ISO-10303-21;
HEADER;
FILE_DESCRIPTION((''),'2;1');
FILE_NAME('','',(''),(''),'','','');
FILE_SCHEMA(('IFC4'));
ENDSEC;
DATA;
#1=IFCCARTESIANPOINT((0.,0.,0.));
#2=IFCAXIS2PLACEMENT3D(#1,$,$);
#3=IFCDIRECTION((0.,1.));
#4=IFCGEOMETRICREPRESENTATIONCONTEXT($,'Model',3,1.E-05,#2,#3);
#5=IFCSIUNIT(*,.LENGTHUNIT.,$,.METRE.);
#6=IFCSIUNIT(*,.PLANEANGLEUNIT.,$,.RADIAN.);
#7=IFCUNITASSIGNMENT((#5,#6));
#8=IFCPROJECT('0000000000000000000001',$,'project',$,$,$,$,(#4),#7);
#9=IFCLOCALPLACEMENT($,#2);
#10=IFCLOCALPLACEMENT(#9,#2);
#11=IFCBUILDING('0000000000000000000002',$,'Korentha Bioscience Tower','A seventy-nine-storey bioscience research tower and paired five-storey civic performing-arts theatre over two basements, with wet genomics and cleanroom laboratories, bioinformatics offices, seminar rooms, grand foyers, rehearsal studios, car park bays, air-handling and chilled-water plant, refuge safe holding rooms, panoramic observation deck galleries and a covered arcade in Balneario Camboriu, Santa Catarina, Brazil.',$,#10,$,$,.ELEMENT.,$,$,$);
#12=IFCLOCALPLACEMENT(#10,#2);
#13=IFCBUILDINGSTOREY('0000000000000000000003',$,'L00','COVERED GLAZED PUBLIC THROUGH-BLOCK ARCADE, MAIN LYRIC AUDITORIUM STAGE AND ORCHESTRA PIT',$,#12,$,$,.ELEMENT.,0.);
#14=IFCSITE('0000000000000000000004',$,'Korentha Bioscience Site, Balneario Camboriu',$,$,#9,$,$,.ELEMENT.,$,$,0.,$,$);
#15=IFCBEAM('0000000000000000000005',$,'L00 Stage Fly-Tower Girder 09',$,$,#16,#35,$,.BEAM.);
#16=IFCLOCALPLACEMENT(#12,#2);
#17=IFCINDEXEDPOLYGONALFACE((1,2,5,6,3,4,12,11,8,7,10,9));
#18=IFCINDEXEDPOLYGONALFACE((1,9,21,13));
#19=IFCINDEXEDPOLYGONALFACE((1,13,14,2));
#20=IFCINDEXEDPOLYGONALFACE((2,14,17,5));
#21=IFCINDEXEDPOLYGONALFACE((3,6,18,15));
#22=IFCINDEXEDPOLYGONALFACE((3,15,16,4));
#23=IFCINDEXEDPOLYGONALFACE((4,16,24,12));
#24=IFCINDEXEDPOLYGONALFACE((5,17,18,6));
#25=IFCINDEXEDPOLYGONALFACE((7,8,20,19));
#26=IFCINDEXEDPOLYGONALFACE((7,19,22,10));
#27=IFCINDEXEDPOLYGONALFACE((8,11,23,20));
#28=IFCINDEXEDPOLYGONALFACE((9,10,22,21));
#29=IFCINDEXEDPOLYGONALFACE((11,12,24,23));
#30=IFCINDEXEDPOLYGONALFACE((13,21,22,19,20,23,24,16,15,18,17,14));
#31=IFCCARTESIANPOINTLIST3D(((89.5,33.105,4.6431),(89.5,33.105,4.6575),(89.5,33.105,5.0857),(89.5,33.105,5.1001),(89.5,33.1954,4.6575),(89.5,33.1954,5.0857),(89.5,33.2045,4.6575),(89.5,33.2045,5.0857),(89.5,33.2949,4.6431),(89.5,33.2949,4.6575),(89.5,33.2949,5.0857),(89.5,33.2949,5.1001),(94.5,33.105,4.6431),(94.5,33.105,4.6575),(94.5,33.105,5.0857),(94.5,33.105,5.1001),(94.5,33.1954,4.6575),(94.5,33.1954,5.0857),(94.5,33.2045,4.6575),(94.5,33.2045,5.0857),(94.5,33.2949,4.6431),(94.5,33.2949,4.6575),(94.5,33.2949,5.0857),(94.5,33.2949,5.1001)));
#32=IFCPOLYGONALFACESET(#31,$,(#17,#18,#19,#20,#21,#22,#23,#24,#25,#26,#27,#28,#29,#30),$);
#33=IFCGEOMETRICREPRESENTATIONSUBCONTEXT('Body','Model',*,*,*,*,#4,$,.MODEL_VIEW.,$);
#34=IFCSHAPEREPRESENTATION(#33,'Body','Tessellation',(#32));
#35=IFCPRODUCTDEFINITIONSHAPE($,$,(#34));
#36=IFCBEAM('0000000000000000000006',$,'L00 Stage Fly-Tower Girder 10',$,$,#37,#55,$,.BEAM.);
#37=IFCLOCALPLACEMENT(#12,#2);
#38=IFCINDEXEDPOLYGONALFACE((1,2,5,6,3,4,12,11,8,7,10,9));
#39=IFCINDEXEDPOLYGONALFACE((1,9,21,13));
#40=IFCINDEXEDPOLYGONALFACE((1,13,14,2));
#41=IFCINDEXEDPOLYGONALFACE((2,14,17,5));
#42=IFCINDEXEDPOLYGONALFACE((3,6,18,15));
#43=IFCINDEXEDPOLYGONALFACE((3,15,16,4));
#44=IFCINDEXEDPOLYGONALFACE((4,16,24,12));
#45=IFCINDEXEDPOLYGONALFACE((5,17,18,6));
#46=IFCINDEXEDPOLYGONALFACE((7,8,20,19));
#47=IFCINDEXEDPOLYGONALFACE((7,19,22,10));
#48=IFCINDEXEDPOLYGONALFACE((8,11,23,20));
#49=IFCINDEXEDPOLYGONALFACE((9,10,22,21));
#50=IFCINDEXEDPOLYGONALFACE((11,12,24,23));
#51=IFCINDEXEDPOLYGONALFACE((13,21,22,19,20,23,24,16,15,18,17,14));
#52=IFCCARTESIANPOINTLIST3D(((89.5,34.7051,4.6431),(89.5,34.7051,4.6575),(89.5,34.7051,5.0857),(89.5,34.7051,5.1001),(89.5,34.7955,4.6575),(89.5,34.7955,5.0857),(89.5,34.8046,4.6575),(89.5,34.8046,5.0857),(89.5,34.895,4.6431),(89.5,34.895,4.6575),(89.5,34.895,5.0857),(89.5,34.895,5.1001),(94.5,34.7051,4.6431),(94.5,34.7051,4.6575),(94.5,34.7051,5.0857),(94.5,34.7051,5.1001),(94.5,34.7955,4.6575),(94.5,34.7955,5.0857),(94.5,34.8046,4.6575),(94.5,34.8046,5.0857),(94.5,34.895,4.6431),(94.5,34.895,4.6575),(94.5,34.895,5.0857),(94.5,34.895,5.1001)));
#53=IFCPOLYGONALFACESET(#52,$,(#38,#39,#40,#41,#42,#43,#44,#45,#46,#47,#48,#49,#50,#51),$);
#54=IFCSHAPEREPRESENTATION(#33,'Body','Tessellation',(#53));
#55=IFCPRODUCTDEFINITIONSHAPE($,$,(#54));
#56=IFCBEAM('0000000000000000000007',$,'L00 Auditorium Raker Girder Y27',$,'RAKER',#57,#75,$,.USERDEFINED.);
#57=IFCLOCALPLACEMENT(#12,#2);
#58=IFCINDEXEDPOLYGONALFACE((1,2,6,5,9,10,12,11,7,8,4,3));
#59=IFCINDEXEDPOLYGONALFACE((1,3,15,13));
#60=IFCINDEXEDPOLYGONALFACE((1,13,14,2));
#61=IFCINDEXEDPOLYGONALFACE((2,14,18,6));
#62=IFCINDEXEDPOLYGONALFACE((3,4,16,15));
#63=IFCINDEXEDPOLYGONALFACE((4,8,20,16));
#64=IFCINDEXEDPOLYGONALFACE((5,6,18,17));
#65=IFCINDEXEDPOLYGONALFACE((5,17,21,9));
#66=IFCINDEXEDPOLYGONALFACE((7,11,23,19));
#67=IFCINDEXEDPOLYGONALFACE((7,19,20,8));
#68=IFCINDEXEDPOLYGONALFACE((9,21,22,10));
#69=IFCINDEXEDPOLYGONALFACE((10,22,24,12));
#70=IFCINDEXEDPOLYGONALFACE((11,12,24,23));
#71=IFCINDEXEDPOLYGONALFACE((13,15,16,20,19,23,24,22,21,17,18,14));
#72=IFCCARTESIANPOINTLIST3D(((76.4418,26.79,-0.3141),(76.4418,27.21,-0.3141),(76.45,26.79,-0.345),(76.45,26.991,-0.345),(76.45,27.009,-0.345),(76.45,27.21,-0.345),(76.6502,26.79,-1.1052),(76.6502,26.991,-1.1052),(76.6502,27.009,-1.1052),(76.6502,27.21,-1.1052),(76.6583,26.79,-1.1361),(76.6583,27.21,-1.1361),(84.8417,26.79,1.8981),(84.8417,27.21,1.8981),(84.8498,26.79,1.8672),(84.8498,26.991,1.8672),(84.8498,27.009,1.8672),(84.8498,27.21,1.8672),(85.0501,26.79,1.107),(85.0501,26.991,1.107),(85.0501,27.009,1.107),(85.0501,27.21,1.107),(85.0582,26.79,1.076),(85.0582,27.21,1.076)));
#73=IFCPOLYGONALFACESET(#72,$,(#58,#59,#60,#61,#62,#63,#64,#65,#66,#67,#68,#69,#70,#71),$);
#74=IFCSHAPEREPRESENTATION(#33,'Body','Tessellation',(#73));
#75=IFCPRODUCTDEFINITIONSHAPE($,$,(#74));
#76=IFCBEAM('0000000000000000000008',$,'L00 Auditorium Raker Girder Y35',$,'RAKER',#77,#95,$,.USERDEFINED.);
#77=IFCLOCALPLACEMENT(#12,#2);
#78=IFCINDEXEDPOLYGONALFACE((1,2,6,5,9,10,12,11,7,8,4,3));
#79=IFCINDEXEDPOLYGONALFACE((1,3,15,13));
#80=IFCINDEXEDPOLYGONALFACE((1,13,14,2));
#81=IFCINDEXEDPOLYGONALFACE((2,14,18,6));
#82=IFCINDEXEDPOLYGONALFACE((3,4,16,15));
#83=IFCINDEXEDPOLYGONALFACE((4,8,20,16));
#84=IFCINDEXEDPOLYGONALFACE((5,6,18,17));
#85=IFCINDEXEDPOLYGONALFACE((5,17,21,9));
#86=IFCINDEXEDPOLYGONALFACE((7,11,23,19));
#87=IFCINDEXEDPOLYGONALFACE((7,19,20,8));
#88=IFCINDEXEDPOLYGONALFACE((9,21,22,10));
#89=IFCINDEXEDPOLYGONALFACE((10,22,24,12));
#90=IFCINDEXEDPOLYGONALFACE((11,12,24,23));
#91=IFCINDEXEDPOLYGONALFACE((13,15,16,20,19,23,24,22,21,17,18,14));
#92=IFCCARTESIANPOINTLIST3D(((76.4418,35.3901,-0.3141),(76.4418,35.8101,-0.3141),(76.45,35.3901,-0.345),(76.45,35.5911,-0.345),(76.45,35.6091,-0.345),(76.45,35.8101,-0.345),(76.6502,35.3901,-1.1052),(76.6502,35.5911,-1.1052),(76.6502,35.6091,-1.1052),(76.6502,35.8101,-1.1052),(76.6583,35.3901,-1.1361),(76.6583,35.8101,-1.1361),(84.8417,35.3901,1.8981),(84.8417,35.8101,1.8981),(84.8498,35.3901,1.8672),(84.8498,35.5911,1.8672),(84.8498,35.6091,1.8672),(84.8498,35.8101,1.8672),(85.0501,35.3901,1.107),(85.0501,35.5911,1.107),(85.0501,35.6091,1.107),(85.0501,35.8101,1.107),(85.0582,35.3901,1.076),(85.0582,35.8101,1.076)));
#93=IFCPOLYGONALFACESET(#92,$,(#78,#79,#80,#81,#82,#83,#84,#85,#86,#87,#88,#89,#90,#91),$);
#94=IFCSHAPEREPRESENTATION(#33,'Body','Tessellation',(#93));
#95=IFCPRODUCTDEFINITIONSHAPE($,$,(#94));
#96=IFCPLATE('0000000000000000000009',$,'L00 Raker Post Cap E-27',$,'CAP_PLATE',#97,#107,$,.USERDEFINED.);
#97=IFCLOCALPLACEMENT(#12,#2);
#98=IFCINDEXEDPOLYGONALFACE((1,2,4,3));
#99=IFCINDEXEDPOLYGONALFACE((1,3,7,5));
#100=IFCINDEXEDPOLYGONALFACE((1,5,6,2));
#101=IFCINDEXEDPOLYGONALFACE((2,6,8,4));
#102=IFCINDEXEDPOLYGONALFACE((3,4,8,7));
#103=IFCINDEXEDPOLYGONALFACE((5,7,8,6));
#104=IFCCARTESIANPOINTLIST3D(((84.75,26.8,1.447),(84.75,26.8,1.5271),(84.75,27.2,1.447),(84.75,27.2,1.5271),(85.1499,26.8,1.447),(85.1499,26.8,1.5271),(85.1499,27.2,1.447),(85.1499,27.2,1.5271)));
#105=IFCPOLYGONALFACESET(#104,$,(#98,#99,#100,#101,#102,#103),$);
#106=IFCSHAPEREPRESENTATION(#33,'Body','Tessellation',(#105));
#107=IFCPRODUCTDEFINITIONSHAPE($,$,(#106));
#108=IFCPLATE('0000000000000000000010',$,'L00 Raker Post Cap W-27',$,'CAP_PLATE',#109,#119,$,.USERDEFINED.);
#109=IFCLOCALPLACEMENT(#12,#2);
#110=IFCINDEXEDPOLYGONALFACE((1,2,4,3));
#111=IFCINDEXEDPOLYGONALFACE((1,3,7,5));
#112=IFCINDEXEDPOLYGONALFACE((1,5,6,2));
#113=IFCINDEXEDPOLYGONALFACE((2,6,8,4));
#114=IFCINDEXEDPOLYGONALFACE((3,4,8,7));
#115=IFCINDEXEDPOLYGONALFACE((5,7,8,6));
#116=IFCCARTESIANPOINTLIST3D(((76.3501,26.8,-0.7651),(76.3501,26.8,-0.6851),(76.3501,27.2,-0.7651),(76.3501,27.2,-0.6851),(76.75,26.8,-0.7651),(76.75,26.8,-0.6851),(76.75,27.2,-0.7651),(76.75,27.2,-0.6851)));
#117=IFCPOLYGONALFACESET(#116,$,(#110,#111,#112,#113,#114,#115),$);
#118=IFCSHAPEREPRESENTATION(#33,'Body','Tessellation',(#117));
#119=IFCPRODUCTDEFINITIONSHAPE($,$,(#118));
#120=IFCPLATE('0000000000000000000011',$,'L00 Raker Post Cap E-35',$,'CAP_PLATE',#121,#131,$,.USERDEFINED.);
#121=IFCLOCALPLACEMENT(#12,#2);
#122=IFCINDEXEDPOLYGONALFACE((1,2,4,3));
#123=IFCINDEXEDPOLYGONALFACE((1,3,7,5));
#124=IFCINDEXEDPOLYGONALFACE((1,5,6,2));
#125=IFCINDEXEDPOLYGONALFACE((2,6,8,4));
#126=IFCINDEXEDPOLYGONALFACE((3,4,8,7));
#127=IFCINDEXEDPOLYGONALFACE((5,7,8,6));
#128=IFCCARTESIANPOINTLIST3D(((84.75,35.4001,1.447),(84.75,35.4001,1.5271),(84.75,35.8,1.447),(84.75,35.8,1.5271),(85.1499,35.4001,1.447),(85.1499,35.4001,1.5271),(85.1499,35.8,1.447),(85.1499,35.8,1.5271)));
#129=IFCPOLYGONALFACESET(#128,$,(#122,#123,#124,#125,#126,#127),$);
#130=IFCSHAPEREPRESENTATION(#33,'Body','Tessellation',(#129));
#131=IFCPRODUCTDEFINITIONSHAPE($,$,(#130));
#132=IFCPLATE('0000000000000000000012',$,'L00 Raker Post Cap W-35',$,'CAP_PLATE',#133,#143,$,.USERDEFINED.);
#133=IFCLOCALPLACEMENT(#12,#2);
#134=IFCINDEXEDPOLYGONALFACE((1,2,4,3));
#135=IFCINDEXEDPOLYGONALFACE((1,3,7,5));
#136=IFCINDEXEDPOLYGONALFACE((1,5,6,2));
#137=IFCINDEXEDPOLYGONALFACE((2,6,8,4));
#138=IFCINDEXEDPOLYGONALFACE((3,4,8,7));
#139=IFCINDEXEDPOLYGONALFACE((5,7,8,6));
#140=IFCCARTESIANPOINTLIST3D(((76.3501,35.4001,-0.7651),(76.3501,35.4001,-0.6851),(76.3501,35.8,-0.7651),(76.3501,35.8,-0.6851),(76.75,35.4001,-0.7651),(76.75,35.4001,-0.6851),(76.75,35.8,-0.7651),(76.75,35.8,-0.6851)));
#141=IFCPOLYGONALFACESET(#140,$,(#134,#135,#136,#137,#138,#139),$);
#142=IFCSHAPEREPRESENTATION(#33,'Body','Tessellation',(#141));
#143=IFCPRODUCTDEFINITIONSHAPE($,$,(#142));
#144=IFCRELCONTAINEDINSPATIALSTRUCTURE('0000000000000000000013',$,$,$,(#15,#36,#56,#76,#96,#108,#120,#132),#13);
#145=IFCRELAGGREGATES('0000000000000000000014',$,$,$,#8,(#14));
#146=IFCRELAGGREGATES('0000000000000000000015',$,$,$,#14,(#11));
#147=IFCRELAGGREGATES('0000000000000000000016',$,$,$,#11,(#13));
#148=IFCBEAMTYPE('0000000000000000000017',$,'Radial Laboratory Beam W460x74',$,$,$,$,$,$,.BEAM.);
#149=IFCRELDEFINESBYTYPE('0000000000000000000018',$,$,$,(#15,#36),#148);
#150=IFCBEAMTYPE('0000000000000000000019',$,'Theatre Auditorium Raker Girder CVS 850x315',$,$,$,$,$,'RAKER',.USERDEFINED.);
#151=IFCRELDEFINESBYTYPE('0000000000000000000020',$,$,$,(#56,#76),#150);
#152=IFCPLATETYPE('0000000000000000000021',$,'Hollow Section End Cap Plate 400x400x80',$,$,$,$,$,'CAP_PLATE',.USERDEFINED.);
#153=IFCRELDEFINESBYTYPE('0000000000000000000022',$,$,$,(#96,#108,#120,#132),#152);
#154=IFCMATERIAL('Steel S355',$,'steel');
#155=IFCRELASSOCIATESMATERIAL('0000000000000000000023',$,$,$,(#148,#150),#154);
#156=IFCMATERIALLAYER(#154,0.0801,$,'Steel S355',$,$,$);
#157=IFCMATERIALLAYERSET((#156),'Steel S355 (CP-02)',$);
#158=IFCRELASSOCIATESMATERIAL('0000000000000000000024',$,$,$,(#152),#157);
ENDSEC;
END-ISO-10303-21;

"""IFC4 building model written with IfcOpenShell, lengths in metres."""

from ifc_helpers import new_model, si_unit, direction, frame, origin, origin_2d, place, context, subcontext, project, spatial, rectangle, i_section, extrude, material, layer, layer_set, material_profile, profile_set, type_object, element, save


model = new_model("IFC4")

# Units and contexts
model_context = context("Model", 3, precision=1e-05, world=origin(), true_north=direction((0.0, 1.0)))
body_context = subcontext(model_context, "Body", "Model", "MODEL_VIEW")
ifc_project = project(units=[si_unit("LENGTHUNIT", "METRE"), si_unit("PLANEANGLEUNIT", "RADIAN")], contexts=[model_context])

# Site, building, storey
site_placement = place(None, origin())
site = spatial("IfcSite", under=ifc_project, at=site_placement, Name="Korentha Bioscience Site, Balneario Camboriu", CompositionType="ELEMENT", RefElevation=0.0)
building_placement = place(site_placement, origin())
building = spatial("IfcBuilding", under=site, at=building_placement, Name="Korentha Bioscience Tower", Description="A seventy-nine-storey bioscience research tower and paired five-storey civic performing-arts theatre over two basements, with wet genomics and cleanroom laboratories, bioinformatics offices, seminar rooms, grand foyers, rehearsal studios, car park bays, air-handling and chilled-water plant, refuge safe holding rooms, panoramic observation deck galleries and a covered arcade in Balneario Camboriu, Santa Catarina, Brazil.", CompositionType="ELEMENT")
storey_placement = place(building_placement, origin())
storey = spatial("IfcBuildingStorey", under=building, at=storey_placement, Name="L00", Description="COVERED GLAZED PUBLIC THROUGH-BLOCK ARCADE, MAIN LYRIC AUDITORIUM STAGE AND ORCHESTRA PIT", CompositionType="ELEMENT", Elevation=0.0)

# Shared definitions
ifc_material_1 = material(Name="Steel S355", Category="steel")

# Beams
ifc_material_profile_1 = material_profile(ifc_material_1, i_section(OverallWidth=0.1899, OverallDepth=0.457, WebThickness=0.009, FlangeThickness=0.0144, at=origin_2d()), Name="Steel S355")
ifc_profile_set_1 = profile_set([ifc_material_profile_1], Name="Steel S355 (RB-460)")
beam_type_1 = type_object("IfcBeamType", Name="Radial Laboratory Beam W460x74", PredefinedType="BEAM", material=ifc_profile_set_1)
for number, where, z_axis, x_axis, name in (
    (1, (89.5, 33.2, 4.8716), (1.0, 0.0, 0.0), (0.0, 1.0, 0.0), "L00 Stage Fly-Tower Girder 09"),
    (2, (89.5, 34.8, 4.8716), (1.0, 0.0, 0.0), (0.0, 1.0, 0.0), "L00 Stage Fly-Tower Girder 10"),
):
    element("IfcBeam", number, at=place(storey_placement, frame(where, z_axis=z_axis, x_axis=x_axis)), inside=storey, type_object=beam_type_1, Name=name, PredefinedType="BEAM", context=body_context, shape_type="SweptSolid", body=[
        extrude(i_section(OverallWidth=0.1899, OverallDepth=0.457, WebThickness=0.009, FlangeThickness=0.0144, at=origin_2d()), origin(), (0.0, 0.0, 1.0), 5.0),
    ])
ifc_material_profile_2 = material_profile(ifc_material_1, i_section(OverallWidth=0.4199, OverallDepth=0.8501, WebThickness=0.0181, FlangeThickness=0.032, at=origin_2d()), Name="Steel S355")
ifc_profile_set_2 = profile_set([ifc_material_profile_2], Name="Steel S355 (TR-850)")
beam_type_2 = type_object("IfcBeamType", Name="Theatre Auditorium Raker Girder CVS 850x315", ElementType="RAKER", PredefinedType="USERDEFINED", material=ifc_profile_set_2)
for number, where, z_axis, x_axis, name in (
    (3, (84.95, 27.0, 1.4871), (-0.967028, 0.0, -0.254672), (0.0, -1.0, 0.0), "L00 Auditorium Raker Girder Y27"),
    (4, (84.95, 35.6001, 1.4871), (-0.967028, 0.0, -0.254672), (0.0, -1.0, 0.0), "L00 Auditorium Raker Girder Y35"),
):
    element("IfcBeam", number, at=place(storey_placement, frame(where, z_axis=z_axis, x_axis=x_axis)), inside=storey, type_object=beam_type_2, Name=name, ObjectType="RAKER", PredefinedType="USERDEFINED", context=body_context, shape_type="SweptSolid", body=[
        extrude(i_section(OverallWidth=0.4199, OverallDepth=0.8501, WebThickness=0.0181, FlangeThickness=0.032, at=origin_2d()), origin(), (0.0, 0.0, 1.0), 8.6863),
    ])

# Plates
ifc_layer = layer(ifc_material_1, 0.0801, Name="Steel S355")
ifc_layer_set = layer_set([ifc_layer], Name="Steel S355 (CP-02)")
plate_type = type_object("IfcPlateType", Name="Hollow Section End Cap Plate 400x400x80", ElementType="CAP_PLATE", PredefinedType="USERDEFINED", material=ifc_layer_set)
for number, where, z_axis, x_axis, name in (
    (5, (84.95, 27.0, 1.447), (0.0, 0.0, 1.0), (1.0, 0.0, 0.0), "L00 Raker Post Cap E-27"),
    (6, (76.55, 27.0, -0.7651), (0.0, 0.0, 1.0), (1.0, 0.0, 0.0), "L00 Raker Post Cap W-27"),
    (7, (84.95, 35.6001, 1.447), (0.0, 0.0, 1.0), (1.0, 0.0, 0.0), "L00 Raker Post Cap E-35"),
    (8, (76.55, 35.6001, -0.7651), (0.0, 0.0, 1.0), (1.0, 0.0, 0.0), "L00 Raker Post Cap W-35"),
):
    element("IfcPlate", number, at=place(storey_placement, frame(where, z_axis=z_axis, x_axis=x_axis)), inside=storey, type_object=plate_type, Name=name, ObjectType="CAP_PLATE", PredefinedType="USERDEFINED", context=body_context, shape_type="SweptSolid", body=[
        extrude(rectangle(XDim=0.3999, YDim=0.3999, at=origin_2d()), origin(), (0.0, 0.0, 1.0), 0.0801),
    ])

save(model, "model.ifc")
